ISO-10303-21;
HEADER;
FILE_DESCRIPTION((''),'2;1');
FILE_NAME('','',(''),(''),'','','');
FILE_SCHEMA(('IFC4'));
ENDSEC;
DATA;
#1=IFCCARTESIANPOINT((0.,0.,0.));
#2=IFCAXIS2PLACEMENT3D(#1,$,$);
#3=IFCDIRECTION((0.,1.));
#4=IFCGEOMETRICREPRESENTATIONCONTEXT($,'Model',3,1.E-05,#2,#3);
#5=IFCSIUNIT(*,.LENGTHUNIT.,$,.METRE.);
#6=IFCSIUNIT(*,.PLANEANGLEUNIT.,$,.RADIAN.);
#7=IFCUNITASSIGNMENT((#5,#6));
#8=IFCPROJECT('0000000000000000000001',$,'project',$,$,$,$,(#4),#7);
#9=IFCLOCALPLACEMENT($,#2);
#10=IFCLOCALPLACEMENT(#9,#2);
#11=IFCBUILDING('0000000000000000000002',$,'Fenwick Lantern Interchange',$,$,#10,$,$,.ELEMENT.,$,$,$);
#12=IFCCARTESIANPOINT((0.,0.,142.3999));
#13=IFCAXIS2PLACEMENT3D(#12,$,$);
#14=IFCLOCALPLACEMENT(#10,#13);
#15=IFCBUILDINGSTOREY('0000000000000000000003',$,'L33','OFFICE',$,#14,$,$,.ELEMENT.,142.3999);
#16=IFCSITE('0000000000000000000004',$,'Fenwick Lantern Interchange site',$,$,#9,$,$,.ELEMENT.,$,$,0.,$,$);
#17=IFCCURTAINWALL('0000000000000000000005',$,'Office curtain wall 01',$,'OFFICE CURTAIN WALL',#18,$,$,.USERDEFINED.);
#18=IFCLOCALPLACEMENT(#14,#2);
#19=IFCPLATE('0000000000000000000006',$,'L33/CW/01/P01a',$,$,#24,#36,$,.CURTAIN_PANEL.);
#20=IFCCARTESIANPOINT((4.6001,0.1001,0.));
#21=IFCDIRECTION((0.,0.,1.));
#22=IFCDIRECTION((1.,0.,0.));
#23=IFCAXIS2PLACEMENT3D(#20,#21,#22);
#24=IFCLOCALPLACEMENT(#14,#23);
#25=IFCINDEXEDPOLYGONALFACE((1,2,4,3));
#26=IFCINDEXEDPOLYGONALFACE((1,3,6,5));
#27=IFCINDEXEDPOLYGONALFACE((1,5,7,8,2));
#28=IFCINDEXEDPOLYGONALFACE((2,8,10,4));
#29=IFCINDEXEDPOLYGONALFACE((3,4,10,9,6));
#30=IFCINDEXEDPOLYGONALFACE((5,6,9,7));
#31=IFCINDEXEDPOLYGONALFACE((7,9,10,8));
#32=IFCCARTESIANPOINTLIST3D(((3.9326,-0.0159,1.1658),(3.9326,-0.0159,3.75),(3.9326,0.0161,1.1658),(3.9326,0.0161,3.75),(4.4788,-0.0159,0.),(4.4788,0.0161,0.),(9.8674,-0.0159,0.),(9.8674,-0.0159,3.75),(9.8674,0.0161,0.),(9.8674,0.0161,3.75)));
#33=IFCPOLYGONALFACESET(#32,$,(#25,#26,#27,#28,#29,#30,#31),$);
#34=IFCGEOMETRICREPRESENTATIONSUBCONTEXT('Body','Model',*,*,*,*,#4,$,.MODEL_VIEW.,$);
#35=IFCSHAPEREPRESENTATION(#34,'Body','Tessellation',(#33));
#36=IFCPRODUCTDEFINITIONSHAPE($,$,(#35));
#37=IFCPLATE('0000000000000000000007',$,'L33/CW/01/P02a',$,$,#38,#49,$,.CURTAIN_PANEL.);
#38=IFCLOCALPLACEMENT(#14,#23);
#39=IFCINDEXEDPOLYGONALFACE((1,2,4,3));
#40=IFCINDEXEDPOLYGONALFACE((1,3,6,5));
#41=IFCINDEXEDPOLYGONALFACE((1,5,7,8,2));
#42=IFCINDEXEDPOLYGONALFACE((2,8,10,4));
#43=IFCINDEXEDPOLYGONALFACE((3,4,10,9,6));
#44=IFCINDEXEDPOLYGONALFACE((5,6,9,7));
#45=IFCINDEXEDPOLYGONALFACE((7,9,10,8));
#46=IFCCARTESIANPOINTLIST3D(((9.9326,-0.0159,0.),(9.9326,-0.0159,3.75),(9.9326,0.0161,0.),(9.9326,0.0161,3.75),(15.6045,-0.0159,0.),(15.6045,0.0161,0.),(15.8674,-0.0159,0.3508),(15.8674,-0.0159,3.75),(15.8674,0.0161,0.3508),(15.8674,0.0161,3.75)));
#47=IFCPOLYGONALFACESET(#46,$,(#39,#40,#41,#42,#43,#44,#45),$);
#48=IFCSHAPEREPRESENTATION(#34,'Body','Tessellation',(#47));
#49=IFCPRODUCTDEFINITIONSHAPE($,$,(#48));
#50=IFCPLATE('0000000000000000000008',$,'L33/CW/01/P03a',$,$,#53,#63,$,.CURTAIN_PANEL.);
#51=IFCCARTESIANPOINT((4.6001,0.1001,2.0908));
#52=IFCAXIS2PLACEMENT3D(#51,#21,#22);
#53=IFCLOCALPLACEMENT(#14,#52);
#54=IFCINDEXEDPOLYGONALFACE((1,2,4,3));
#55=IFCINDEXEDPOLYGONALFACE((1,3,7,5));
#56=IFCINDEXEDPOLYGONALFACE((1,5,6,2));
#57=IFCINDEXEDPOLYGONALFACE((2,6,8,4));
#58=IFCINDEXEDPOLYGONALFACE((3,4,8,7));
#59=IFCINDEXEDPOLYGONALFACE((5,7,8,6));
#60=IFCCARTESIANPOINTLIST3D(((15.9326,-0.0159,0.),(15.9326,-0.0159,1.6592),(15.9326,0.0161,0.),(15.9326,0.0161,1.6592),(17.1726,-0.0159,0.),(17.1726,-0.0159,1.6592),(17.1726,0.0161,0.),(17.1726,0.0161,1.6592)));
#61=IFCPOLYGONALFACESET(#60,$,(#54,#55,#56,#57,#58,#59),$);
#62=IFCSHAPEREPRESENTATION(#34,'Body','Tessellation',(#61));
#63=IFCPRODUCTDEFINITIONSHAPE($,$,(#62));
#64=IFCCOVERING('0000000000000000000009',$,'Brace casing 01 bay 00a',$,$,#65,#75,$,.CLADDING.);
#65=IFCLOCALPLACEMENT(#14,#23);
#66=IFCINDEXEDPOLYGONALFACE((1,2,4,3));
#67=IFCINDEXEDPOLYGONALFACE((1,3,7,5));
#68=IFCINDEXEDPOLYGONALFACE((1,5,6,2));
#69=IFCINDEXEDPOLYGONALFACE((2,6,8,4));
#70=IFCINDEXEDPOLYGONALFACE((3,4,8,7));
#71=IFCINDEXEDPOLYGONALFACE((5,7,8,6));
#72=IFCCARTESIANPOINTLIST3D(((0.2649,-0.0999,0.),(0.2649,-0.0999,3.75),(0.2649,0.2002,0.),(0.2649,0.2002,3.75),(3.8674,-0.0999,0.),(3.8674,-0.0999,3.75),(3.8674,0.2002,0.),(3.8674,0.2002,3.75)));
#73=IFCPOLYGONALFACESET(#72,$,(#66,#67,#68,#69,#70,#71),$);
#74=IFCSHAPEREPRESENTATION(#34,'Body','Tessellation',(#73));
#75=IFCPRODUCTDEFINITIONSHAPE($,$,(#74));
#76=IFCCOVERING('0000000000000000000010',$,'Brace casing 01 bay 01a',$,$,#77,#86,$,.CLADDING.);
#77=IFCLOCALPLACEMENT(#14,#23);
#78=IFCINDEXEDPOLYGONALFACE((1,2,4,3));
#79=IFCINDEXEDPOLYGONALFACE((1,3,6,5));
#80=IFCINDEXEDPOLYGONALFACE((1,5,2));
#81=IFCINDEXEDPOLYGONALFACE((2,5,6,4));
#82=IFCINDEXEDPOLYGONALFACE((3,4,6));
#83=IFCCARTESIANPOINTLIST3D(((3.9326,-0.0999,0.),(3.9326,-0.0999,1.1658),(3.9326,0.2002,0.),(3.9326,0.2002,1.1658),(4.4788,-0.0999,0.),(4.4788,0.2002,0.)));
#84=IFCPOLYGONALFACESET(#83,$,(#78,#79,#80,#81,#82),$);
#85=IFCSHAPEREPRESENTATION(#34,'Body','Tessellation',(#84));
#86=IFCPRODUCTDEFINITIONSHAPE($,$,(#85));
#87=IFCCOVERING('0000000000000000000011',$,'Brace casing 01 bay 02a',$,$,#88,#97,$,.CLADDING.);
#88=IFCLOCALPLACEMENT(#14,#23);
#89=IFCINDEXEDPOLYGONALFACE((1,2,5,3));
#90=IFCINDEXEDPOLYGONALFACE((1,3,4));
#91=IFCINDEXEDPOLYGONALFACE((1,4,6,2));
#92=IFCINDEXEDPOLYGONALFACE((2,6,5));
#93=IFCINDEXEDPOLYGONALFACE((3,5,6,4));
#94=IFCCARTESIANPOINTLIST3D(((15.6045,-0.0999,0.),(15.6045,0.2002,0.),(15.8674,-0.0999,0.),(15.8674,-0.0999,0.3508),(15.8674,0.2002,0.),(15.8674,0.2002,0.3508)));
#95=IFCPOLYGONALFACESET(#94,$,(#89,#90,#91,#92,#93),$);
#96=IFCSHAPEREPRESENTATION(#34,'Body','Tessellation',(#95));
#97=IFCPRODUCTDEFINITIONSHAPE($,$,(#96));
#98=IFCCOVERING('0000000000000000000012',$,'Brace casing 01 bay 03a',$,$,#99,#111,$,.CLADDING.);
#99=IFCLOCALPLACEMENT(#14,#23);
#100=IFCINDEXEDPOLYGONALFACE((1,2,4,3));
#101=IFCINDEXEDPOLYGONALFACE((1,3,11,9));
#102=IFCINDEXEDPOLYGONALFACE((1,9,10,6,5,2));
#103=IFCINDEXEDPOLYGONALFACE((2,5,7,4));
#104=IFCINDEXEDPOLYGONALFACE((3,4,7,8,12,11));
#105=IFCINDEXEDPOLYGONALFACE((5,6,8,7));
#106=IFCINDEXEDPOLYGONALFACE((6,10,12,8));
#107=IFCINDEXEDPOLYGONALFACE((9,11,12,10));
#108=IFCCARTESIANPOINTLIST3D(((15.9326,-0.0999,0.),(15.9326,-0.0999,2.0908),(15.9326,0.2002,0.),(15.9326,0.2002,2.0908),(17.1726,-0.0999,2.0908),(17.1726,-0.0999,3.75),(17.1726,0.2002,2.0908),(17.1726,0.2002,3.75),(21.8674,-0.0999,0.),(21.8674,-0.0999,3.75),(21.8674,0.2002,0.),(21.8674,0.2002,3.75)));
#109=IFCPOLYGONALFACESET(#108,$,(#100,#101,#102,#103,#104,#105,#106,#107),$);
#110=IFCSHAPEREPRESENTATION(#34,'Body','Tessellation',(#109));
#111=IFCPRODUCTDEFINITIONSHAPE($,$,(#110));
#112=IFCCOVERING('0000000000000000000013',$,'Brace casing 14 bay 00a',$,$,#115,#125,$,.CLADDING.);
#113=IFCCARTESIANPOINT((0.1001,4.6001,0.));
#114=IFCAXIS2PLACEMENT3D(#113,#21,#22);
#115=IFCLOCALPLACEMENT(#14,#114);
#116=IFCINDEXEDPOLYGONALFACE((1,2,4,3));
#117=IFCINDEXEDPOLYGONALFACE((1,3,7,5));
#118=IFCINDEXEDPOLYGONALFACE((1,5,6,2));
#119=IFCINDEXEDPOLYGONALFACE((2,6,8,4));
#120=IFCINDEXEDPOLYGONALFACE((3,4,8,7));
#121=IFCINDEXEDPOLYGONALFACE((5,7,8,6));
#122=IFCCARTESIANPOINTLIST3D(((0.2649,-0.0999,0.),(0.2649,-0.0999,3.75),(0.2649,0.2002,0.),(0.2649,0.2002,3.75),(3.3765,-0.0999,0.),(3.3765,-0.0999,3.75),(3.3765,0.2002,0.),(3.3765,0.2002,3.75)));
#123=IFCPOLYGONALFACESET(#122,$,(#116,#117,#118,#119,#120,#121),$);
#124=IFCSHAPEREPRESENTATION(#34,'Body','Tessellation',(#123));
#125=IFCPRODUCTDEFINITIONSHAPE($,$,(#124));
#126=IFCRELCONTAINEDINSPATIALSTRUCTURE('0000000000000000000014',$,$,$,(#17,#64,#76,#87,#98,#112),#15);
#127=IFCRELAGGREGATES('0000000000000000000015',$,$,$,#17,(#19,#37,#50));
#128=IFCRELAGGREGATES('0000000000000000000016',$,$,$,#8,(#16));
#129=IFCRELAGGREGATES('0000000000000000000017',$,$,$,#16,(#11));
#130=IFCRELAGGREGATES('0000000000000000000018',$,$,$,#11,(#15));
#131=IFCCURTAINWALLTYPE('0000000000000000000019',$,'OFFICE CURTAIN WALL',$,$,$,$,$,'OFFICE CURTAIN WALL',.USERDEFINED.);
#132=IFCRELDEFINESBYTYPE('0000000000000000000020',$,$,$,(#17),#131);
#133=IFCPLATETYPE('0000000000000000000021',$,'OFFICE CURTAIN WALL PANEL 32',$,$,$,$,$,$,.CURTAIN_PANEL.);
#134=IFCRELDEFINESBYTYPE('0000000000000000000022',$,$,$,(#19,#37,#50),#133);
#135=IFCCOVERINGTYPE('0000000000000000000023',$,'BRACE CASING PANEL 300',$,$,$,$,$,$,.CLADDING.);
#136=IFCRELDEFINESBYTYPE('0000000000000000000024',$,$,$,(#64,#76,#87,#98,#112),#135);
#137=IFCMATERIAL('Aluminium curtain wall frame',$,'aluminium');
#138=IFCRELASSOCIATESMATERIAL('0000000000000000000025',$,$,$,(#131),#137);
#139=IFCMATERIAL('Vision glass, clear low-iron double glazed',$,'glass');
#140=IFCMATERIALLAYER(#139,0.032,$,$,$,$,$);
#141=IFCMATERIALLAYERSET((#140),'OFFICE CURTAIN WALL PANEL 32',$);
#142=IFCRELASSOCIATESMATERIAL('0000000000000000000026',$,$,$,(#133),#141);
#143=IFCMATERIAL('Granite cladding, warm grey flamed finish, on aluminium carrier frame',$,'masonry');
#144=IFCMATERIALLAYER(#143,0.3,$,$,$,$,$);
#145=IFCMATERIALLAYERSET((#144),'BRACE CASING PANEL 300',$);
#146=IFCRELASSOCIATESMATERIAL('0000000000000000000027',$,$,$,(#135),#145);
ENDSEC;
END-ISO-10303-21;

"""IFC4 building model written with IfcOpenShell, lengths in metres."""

from ifc_helpers import new_model, si_unit, direction, frame, origin, place, context, subcontext, project, spatial, polyline, outline, extrude, material, layer, layer_set, type_object, element, aggregate, save


model = new_model("IFC4")

# Units and contexts
model_context = context("Model", 3, precision=1e-05, world=origin(), true_north=direction((0.0, 1.0)))
body_context = subcontext(model_context, "Body", "Model", "MODEL_VIEW")
ifc_project = project(units=[si_unit("LENGTHUNIT", "METRE"), si_unit("PLANEANGLEUNIT", "RADIAN")], contexts=[model_context])

# Site, building, storey
site_placement = place(None, origin())
site = spatial("IfcSite", under=ifc_project, at=site_placement, Name="Fenwick Lantern Interchange site", CompositionType="ELEMENT", RefElevation=0.0)
building_placement = place(site_placement, origin())
building = spatial("IfcBuilding", under=site, at=building_placement, Name="Fenwick Lantern Interchange", CompositionType="ELEMENT")
storey_placement = place(building_placement, frame((0.0, 0.0, 142.3999)))
storey = spatial("IfcBuildingStorey", under=building, at=storey_placement, Name="L33", Description="OFFICE", CompositionType="ELEMENT", Elevation=142.3999)

# Shared definitions
ifc_material_1 = material(Name="Aluminium curtain wall frame", Category="aluminium")
curtain_wall_type = type_object("IfcCurtainWallType", Name="OFFICE CURTAIN WALL", ElementType="OFFICE CURTAIN WALL", PredefinedType="USERDEFINED", material=ifc_material_1)

# Curtain wall, plates
curtain_wall_1_placement = place(storey_placement, origin())
curtain_wall_1 = element("IfcCurtainWall", 1, at=curtain_wall_1_placement, inside=storey, type_object=curtain_wall_type, Name="Office curtain wall 01", ObjectType="OFFICE CURTAIN WALL", PredefinedType="USERDEFINED")
ifc_material_2 = material(Name="Vision glass, clear low-iron double glazed", Category="glass")
ifc_layer_1 = layer(ifc_material_2, 0.032)
ifc_layer_set_1 = layer_set([ifc_layer_1], Name="OFFICE CURTAIN WALL PANEL 32")
plate_type = type_object("IfcPlateType", Name="OFFICE CURTAIN WALL PANEL 32", PredefinedType="CURTAIN_PANEL", material=ifc_layer_set_1)
plate_1_placement = place(storey_placement, frame((4.6001, 0.1001, 0.0), z_axis=(0.0, 0.0, 1.0), x_axis=(1.0, 0.0, 0.0)))
plate_1 = element("IfcPlate", 2, at=plate_1_placement, type_object=plate_type, Name="L33/CW/01/P01a", PredefinedType="CURTAIN_PANEL", context=body_context, shape_type="SweptSolid", body=[
    extrude(outline(polyline([(4.4788, 0.0), (9.8674, 0.0), (9.8674, 3.75), (3.9326, 3.75), (3.9326, 1.1658), (4.4788, 0.0)])), frame((0.0, 0.0161, 0.0), z_axis=(0.0, -1.0, 0.0), x_axis=(1.0, 0.0, 0.0)), (0.0, 0.0, 1.0), 0.032),
])
plate_2_placement = place(storey_placement, frame((4.6001, 0.1001, 0.0), z_axis=(0.0, 0.0, 1.0), x_axis=(1.0, 0.0, 0.0)))
plate_2 = element("IfcPlate", 3, at=plate_2_placement, type_object=plate_type, Name="L33/CW/01/P02a", PredefinedType="CURTAIN_PANEL", context=body_context, shape_type="SweptSolid", body=[
    extrude(outline(polyline([(9.9326, 0.0), (15.6045, 0.0), (15.8674, 0.3508), (15.8674, 3.75), (9.9326, 3.75), (9.9326, 0.0)])), frame((0.0, 0.0161, 0.0), z_axis=(0.0, -1.0, 0.0), x_axis=(1.0, 0.0, 0.0)), (0.0, 0.0, 1.0), 0.032),
])
plate_3_placement = place(storey_placement, frame((4.6001, 0.1001, 2.0908), z_axis=(0.0, 0.0, 1.0), x_axis=(1.0, 0.0, 0.0)))
plate_3 = element("IfcPlate", 4, at=plate_3_placement, type_object=plate_type, Name="L33/CW/01/P03a", PredefinedType="CURTAIN_PANEL", context=body_context, shape_type="SweptSolid", body=[
    extrude(outline(polyline([(15.9326, 0.0), (17.1726, 0.0), (17.1726, 1.6592), (15.9326, 1.6592), (15.9326, 0.0)])), frame((0.0, 0.0161, 0.0), z_axis=(0.0, -1.0, 0.0), x_axis=(1.0, 0.0, 0.0)), (0.0, 0.0, 1.0), 0.032),
])
aggregate(curtain_wall_1, [plate_1, plate_2, plate_3])

# Coverings
ifc_material_3 = material(Name="Granite cladding, warm grey flamed finish, on aluminium carrier frame", Category="masonry")
ifc_layer_2 = layer(ifc_material_3, 0.3)
ifc_layer_set_2 = layer_set([ifc_layer_2], Name="BRACE CASING PANEL 300")
covering_type_1 = type_object("IfcCoveringType", Name="BRACE CASING PANEL 300", PredefinedType="CLADDING", material=ifc_layer_set_2)
covering_1_placement = place(storey_placement, frame((4.6001, 0.1001, 0.0), z_axis=(0.0, 0.0, 1.0), x_axis=(1.0, 0.0, 0.0)))
element("IfcCovering", 5, at=covering_1_placement, inside=storey, type_object=covering_type_1, Name="Brace casing 01 bay 00a", PredefinedType="CLADDING", context=body_context, shape_type="SweptSolid", body=[
    extrude(outline(polyline([(0.2649, 0.0), (3.8674, 0.0), (3.8674, 3.75), (0.2649, 3.75), (0.2649, 0.0)])), frame((0.0, 0.2002, 0.0), z_axis=(0.0, -1.0, 0.0), x_axis=(1.0, 0.0, 0.0)), (0.0, 0.0, 1.0), 0.3),
])
covering_2_placement = place(storey_placement, frame((4.6001, 0.1001, 0.0), z_axis=(0.0, 0.0, 1.0), x_axis=(1.0, 0.0, 0.0)))
element("IfcCovering", 6, at=covering_2_placement, inside=storey, type_object=covering_type_1, Name="Brace casing 01 bay 01a", PredefinedType="CLADDING", context=body_context, shape_type="SweptSolid", body=[
    extrude(outline(polyline([(3.9326, 0.0), (4.4788, 0.0), (3.9326, 1.1658), (3.9326, 0.0)])), frame((0.0, 0.2002, 0.0), z_axis=(0.0, -1.0, 0.0), x_axis=(1.0, 0.0, 0.0)), (0.0, 0.0, 1.0), 0.3),
])
covering_3_placement = place(storey_placement, frame((4.6001, 0.1001, 0.0), z_axis=(0.0, 0.0, 1.0), x_axis=(1.0, 0.0, 0.0)))
element("IfcCovering", 7, at=covering_3_placement, inside=storey, type_object=covering_type_1, Name="Brace casing 01 bay 02a", PredefinedType="CLADDING", context=body_context, shape_type="SweptSolid", body=[
    extrude(outline(polyline([(15.6045, 0.0), (15.8674, 0.0), (15.8674, 0.3508), (15.6045, 0.0)])), frame((0.0, 0.2002, 0.0), z_axis=(0.0, -1.0, 0.0), x_axis=(1.0, 0.0, 0.0)), (0.0, 0.0, 1.0), 0.3),
])
covering_4_placement = place(storey_placement, frame((4.6001, 0.1001, 0.0), z_axis=(0.0, 0.0, 1.0), x_axis=(1.0, 0.0, 0.0)))
element("IfcCovering", 8, at=covering_4_placement, inside=storey, type_object=covering_type_1, Name="Brace casing 01 bay 03a", PredefinedType="CLADDING", context=body_context, shape_type="SweptSolid", body=[
    extrude(outline(polyline([(15.9326, 0.0), (21.8674, 0.0), (21.8674, 3.75), (17.1726, 3.75), (17.1726, 2.0908), (15.9326, 2.0908), (15.9326, 0.0)])), frame((0.0, 0.2002, 0.0), z_axis=(0.0, -1.0, 0.0), x_axis=(1.0, 0.0, 0.0)), (0.0, 0.0, 1.0), 0.3),
])
covering_5_placement = place(storey_placement, frame((0.1001, 4.6001, 0.0), z_axis=(0.0, 0.0, 1.0), x_axis=(1.0, 0.0, 0.0)))
element("IfcCovering", 9, at=covering_5_placement, inside=storey, type_object=covering_type_1, Name="Brace casing 14 bay 00a", PredefinedType="CLADDING", context=body_context, shape_type="SweptSolid", body=[
    extrude(outline(polyline([(0.2649, 0.0), (3.3765, 0.0), (3.3765, 3.75), (0.2649, 3.75), (0.2649, 0.0)])), frame((0.0, 0.2002, 0.0), z_axis=(0.0, -1.0, 0.0), x_axis=(1.0, 0.0, 0.0)), (0.0, 0.0, 1.0), 0.3),
])

save(model, "model.ifc")
